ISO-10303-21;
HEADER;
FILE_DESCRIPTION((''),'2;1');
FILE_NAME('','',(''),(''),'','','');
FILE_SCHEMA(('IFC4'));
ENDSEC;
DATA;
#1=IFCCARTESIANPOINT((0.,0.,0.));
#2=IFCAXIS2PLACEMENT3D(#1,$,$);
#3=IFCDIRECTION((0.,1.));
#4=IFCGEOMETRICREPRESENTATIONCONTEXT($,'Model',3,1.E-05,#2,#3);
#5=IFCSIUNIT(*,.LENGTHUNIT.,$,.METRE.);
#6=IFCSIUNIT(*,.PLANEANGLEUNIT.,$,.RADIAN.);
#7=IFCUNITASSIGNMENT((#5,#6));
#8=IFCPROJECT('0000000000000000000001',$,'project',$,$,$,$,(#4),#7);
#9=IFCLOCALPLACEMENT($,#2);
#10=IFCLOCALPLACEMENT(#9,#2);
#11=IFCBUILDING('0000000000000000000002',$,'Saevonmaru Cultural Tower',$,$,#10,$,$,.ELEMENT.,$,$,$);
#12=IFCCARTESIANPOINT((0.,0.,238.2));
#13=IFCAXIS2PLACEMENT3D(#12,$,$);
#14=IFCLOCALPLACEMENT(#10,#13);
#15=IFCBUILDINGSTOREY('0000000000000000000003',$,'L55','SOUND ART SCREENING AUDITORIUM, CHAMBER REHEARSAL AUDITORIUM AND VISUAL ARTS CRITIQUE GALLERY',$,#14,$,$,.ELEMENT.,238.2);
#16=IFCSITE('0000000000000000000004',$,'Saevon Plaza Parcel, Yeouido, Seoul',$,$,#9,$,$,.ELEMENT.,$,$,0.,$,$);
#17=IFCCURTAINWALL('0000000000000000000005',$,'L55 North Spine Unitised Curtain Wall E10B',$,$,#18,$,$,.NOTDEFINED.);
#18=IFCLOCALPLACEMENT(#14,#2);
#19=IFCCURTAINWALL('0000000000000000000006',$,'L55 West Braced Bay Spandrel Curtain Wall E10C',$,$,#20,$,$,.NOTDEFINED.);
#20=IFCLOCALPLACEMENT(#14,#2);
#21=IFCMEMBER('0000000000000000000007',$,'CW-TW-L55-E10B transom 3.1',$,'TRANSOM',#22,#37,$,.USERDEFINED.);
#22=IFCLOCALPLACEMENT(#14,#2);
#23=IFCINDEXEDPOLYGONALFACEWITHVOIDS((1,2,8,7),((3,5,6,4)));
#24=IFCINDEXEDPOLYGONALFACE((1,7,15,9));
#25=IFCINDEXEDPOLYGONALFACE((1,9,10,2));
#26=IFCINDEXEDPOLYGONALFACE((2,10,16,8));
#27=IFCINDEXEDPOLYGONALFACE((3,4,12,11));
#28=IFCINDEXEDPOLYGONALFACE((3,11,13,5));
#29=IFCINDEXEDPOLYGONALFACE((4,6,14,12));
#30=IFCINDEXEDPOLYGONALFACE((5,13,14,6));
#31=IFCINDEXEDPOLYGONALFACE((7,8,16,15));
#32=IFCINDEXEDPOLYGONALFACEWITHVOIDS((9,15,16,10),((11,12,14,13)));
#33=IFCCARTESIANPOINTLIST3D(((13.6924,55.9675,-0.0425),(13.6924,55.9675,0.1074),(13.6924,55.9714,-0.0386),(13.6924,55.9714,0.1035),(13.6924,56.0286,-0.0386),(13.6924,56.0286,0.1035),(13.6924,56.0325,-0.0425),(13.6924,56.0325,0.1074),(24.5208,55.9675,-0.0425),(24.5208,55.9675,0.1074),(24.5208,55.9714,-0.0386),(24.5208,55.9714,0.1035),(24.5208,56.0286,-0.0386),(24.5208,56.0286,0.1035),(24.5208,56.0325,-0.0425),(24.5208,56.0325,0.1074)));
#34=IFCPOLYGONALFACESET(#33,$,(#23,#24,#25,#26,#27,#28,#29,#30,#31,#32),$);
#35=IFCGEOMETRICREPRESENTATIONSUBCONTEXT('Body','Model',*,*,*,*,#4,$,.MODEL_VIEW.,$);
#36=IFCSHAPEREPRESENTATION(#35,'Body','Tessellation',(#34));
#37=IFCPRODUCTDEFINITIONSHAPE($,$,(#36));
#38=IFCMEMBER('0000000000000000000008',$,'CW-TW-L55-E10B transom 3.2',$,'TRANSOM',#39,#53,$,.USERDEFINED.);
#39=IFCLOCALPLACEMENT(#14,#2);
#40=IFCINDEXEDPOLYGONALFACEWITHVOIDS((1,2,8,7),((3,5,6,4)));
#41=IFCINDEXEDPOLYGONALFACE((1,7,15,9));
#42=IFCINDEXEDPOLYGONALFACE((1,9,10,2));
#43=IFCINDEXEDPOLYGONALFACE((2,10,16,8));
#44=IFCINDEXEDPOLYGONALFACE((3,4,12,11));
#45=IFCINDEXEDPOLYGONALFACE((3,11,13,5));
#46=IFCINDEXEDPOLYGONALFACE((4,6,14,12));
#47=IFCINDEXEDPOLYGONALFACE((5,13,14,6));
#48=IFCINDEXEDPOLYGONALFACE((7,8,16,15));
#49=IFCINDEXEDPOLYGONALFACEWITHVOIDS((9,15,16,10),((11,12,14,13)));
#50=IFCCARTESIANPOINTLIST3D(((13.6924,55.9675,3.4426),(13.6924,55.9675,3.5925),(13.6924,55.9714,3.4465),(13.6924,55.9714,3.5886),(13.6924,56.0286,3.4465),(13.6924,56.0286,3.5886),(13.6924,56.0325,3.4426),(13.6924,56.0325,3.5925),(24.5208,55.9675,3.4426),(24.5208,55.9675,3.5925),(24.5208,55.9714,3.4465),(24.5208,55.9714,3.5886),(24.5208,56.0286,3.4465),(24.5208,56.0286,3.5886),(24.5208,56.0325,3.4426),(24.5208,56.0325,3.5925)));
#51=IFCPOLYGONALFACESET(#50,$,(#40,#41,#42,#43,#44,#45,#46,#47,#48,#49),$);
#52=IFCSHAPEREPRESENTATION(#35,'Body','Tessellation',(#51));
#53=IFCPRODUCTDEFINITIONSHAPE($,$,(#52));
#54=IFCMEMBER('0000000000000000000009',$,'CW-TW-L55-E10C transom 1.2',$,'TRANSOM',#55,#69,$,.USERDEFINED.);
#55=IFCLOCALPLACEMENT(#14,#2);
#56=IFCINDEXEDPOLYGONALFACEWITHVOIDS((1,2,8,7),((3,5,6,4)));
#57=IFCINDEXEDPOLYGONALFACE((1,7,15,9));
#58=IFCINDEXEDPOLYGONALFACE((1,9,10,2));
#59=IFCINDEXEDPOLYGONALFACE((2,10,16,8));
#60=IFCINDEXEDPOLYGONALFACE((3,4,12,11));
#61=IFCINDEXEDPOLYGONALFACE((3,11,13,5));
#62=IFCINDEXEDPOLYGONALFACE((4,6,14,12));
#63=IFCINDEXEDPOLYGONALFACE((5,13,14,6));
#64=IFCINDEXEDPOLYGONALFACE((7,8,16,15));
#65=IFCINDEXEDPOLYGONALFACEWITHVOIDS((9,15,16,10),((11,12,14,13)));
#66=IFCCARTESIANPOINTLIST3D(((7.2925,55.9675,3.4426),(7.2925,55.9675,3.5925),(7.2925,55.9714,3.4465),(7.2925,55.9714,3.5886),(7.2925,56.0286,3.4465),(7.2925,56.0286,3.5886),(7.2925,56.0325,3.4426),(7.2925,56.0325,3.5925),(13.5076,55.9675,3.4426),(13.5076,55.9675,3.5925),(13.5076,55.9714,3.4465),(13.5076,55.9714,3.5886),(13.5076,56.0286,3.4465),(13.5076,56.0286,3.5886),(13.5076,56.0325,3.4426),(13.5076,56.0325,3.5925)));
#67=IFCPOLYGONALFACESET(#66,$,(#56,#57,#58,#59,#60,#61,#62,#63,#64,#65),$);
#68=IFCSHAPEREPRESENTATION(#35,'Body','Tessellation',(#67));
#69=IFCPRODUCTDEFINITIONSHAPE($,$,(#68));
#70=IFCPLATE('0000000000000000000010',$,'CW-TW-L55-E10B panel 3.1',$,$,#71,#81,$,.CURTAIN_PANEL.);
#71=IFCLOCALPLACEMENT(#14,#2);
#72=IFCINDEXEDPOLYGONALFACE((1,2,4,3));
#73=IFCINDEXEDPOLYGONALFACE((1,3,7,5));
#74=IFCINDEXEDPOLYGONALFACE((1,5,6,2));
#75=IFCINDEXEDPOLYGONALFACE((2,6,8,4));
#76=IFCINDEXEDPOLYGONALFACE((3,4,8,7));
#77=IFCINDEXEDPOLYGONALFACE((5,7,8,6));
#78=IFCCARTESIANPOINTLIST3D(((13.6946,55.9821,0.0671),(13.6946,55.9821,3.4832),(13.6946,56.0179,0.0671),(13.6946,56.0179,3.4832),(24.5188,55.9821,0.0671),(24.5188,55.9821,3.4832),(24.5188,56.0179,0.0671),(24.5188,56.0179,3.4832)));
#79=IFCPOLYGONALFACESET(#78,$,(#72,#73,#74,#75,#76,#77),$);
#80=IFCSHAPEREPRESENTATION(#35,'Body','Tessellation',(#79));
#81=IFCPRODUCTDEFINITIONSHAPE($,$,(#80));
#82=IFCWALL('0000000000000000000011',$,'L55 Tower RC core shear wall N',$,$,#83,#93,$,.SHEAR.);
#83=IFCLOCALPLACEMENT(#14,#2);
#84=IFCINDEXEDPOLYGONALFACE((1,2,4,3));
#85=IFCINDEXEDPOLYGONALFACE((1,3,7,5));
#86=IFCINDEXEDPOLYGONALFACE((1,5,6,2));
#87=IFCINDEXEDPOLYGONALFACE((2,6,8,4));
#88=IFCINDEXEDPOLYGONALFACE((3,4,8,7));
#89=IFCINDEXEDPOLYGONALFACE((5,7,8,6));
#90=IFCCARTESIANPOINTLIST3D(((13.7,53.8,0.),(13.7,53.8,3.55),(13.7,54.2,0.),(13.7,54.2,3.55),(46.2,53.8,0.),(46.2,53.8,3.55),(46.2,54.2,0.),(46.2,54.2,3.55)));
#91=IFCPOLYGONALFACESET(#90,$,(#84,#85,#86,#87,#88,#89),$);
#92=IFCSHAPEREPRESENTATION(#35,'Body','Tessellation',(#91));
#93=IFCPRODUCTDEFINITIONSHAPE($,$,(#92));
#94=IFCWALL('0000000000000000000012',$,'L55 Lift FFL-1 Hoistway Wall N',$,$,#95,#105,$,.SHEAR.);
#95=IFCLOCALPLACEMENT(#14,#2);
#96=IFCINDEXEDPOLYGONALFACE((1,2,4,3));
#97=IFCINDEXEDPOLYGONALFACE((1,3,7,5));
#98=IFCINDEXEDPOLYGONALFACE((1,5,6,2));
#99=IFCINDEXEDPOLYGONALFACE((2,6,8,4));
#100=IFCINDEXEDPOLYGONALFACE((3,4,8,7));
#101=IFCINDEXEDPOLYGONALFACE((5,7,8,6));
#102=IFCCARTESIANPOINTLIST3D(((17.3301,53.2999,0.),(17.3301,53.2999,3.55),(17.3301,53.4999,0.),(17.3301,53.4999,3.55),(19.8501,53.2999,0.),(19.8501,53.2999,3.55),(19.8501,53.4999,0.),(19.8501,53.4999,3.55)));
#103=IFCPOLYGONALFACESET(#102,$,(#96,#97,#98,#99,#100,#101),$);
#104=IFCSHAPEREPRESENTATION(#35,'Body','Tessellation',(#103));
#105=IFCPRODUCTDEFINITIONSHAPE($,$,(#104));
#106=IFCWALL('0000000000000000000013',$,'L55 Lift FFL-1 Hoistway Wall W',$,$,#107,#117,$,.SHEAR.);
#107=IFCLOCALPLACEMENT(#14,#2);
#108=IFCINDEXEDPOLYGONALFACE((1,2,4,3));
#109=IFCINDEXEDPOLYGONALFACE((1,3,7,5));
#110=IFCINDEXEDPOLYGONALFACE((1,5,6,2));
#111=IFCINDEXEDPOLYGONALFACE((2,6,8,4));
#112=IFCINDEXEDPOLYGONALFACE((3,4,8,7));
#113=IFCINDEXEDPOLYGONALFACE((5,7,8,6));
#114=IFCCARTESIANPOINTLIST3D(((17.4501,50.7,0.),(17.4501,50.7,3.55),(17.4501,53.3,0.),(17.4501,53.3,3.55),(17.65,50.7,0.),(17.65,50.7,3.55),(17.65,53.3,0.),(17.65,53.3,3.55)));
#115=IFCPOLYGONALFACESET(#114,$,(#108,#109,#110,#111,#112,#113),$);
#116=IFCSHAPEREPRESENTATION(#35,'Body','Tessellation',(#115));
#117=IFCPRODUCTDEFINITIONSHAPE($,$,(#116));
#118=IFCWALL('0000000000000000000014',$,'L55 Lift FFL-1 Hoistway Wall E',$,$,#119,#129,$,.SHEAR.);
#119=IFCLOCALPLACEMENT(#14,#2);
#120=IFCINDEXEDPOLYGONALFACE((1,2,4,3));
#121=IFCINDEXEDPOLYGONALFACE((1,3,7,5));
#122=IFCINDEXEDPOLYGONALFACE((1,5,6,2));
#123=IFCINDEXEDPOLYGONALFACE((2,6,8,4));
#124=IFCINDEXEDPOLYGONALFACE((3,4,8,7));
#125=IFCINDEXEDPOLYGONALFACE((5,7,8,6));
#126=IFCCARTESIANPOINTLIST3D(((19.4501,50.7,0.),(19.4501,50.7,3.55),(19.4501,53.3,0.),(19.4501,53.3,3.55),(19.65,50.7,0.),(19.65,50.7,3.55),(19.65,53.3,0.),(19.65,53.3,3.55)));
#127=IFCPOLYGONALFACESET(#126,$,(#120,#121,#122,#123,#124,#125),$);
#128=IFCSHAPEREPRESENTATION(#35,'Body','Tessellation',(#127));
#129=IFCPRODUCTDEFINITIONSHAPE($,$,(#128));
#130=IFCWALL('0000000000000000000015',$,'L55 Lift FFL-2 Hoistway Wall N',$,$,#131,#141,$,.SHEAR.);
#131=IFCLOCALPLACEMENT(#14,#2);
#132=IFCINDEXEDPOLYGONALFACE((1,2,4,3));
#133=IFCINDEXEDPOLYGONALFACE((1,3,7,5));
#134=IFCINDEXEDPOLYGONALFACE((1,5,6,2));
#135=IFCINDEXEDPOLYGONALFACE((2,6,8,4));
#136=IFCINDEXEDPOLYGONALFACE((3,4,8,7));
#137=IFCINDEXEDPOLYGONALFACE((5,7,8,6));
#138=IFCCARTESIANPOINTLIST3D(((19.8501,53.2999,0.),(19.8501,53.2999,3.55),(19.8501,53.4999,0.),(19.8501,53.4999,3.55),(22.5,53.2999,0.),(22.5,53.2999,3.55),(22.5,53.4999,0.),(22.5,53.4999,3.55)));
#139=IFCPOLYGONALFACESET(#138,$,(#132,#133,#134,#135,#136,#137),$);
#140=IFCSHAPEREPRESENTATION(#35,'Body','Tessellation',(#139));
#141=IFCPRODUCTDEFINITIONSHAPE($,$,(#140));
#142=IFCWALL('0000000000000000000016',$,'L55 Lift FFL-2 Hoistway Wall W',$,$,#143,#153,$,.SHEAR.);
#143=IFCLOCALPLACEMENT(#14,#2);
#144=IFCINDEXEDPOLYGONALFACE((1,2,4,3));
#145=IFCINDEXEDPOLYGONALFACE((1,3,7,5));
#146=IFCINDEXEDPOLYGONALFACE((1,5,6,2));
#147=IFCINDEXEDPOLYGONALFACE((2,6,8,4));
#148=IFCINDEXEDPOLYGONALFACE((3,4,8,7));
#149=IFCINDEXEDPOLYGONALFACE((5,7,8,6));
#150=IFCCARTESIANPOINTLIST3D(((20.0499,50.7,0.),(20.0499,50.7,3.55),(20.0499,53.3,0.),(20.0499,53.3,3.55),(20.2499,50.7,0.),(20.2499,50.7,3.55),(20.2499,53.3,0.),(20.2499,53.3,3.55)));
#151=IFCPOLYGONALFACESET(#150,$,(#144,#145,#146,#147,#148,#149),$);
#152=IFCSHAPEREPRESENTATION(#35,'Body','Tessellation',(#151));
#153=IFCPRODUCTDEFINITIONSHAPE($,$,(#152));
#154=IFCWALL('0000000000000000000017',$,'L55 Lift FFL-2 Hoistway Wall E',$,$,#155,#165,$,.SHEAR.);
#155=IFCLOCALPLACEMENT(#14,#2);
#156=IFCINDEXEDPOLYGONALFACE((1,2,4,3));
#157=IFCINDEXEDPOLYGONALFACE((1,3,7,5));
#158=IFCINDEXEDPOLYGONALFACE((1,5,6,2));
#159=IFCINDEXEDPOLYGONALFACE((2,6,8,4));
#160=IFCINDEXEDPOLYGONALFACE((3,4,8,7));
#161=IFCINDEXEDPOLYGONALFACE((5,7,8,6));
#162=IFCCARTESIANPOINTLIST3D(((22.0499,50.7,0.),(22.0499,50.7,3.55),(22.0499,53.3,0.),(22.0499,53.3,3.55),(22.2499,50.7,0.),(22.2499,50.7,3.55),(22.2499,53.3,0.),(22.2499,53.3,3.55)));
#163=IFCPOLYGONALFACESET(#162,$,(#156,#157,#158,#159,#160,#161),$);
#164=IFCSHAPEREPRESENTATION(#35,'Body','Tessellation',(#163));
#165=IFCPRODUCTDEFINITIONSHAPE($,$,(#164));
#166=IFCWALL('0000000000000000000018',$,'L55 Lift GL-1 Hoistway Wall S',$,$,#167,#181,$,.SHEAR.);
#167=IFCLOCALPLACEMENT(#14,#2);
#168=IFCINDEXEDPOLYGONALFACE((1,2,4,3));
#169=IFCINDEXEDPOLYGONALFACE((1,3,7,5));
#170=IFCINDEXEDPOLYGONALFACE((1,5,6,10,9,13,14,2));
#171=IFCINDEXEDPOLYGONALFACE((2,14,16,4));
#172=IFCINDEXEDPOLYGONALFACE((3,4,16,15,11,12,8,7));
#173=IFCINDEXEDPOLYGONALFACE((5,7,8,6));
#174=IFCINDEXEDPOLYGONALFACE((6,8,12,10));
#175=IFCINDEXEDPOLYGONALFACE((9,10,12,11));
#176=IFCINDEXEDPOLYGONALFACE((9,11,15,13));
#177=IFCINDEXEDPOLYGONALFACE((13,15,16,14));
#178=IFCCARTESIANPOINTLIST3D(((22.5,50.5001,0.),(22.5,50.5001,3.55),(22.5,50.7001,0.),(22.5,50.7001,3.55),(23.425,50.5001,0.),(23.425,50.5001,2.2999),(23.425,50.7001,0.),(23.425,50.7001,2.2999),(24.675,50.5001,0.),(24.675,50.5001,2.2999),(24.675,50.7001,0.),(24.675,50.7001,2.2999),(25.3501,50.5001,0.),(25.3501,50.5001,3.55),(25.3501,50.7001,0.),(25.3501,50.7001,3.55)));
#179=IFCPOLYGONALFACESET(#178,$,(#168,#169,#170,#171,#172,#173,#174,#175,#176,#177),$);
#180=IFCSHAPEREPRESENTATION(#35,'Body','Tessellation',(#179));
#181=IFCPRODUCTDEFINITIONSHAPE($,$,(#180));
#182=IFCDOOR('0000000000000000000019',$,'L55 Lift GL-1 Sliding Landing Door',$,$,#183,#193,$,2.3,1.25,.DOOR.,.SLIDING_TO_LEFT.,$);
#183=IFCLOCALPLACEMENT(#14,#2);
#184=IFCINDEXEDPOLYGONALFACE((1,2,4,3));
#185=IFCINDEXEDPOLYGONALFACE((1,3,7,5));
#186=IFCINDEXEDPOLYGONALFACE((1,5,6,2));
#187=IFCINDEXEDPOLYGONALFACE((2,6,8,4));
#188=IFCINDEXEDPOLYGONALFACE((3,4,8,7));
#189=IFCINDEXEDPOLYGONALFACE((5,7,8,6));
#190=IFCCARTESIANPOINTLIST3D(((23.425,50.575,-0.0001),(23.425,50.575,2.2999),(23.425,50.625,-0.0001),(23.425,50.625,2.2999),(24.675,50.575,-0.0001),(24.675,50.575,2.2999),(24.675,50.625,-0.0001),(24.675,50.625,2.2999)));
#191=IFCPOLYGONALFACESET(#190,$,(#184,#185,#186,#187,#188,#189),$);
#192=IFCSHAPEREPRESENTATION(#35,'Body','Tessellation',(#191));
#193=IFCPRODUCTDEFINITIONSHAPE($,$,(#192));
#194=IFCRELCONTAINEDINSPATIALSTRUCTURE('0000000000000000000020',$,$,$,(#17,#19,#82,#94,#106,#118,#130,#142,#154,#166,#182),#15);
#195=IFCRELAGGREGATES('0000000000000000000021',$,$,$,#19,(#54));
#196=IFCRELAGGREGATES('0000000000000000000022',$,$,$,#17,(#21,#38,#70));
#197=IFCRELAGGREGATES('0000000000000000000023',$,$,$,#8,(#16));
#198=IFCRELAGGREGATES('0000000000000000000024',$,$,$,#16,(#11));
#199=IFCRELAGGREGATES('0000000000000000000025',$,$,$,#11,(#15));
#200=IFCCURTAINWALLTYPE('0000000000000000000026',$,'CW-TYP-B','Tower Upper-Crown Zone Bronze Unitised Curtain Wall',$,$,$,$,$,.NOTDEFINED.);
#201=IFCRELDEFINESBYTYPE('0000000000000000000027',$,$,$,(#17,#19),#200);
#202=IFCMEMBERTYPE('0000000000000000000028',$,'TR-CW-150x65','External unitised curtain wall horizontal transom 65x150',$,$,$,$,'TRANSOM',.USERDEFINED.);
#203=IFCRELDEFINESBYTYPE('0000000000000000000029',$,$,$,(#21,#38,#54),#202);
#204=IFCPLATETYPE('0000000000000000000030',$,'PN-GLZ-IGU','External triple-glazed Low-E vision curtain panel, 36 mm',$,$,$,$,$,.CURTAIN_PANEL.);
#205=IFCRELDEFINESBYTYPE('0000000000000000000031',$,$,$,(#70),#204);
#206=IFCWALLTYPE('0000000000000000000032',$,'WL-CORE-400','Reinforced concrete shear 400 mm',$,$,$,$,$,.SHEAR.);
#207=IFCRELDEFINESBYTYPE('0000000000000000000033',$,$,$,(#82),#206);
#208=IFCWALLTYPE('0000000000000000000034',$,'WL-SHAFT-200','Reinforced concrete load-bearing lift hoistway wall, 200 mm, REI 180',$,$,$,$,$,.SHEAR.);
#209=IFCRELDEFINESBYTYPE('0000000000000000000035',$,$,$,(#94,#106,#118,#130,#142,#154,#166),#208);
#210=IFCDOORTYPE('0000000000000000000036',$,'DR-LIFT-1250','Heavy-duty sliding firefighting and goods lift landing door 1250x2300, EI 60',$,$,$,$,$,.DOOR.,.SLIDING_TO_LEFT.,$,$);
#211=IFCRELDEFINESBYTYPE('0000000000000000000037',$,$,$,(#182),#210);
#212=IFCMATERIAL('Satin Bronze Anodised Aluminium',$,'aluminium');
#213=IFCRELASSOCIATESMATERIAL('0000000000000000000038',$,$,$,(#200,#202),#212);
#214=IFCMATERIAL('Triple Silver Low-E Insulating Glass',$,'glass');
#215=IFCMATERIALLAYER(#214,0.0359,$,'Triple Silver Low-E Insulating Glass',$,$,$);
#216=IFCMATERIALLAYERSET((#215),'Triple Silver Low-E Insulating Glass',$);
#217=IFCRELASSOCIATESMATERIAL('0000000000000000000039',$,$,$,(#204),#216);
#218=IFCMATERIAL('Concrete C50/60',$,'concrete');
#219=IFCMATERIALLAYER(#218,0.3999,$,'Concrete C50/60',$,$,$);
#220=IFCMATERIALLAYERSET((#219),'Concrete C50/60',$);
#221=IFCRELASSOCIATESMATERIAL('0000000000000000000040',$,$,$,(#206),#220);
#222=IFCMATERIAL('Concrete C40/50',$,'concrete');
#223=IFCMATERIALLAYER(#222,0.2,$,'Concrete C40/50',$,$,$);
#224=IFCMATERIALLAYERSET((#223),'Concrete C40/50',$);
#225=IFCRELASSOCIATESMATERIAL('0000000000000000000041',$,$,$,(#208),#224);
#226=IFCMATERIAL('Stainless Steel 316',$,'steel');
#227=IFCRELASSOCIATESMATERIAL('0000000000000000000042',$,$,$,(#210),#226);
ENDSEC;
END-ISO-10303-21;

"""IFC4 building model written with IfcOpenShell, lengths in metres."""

from ifc_helpers import new_model, si_unit, direction, frame, frame_2d, origin, origin_2d, place, context, subcontext, project, spatial, rectangle, hollow_rectangle, extrude, material, layer, layer_set, material_profile, profile_set, type_object, element, fill, aggregate, save


model = new_model("IFC4")

# Units and contexts
model_context = context("Model", 3, precision=1e-05, world=origin(), true_north=direction((0.0, 1.0)))
body_context = subcontext(model_context, "Body", "Model", "MODEL_VIEW")
ifc_project = project(units=[si_unit("LENGTHUNIT", "METRE"), si_unit("PLANEANGLEUNIT", "RADIAN")], contexts=[model_context])

# Site, building, storey
site_placement = place(None, origin())
site = spatial("IfcSite", under=ifc_project, at=site_placement, Name="Saevon Plaza Parcel, Yeouido, Seoul", CompositionType="ELEMENT", RefElevation=0.0)
building_placement = place(site_placement, origin())
building = spatial("IfcBuilding", under=site, at=building_placement, Name="Saevonmaru Cultural Tower", CompositionType="ELEMENT")
storey_placement = place(building_placement, frame((0.0, 0.0, 238.2)))
storey = spatial("IfcBuildingStorey", under=building, at=storey_placement, Name="L55", Description="SOUND ART SCREENING AUDITORIUM, CHAMBER REHEARSAL AUDITORIUM AND VISUAL ARTS CRITIQUE GALLERY", CompositionType="ELEMENT", Elevation=238.2)

# Curtain wall
ifc_material_1 = material(Name="Satin Bronze Anodised Aluminium", Category="aluminium")
curtain_wall_type = type_object("IfcCurtainWallType", Name="CW-TYP-B", Description="Tower Upper-Crown Zone Bronze Unitised Curtain Wall", PredefinedType="NOTDEFINED", material=ifc_material_1)
curtain_wall_1_placement = place(storey_placement, origin())
curtain_wall_1 = element("IfcCurtainWall", 1, at=curtain_wall_1_placement, inside=storey, type_object=curtain_wall_type, Name="L55 North Spine Unitised Curtain Wall E10B", PredefinedType="NOTDEFINED")

# Curtain wall
curtain_wall_2_placement = place(storey_placement, origin())
curtain_wall_2 = element("IfcCurtainWall", 2, at=curtain_wall_2_placement, inside=storey, type_object=curtain_wall_type, Name="L55 West Braced Bay Spandrel Curtain Wall E10C", PredefinedType="NOTDEFINED")

# Members
ifc_material_profile_1 = material_profile(ifc_material_1, hollow_rectangle(XDim=0.0649, YDim=0.1499, WallThickness=0.0039, at=origin_2d()), Name="ALU-TRAN-150x65x4")
ifc_profile_set_1 = profile_set([ifc_material_profile_1], Name="Satin Bronze Anodised Aluminium")
member_type_1 = type_object("IfcMemberType", Name="TR-CW-150x65", Description="External unitised curtain wall horizontal transom 65x150", ElementType="TRANSOM", PredefinedType="USERDEFINED", material=ifc_profile_set_1)
member_1_placement = place(storey_placement, frame((24.5208, 56.0, 0.0325), z_axis=(-1.0, 0.0, 0.0), x_axis=(0.0, -1.0, 0.0)))
member_1 = element("IfcMember", 3, at=member_1_placement, type_object=member_type_1, Name="CW-TW-L55-E10B transom 3.1", ObjectType="TRANSOM", PredefinedType="USERDEFINED", context=body_context, shape_type="SweptSolid", body=[
    extrude(hollow_rectangle(XDim=0.0649, YDim=0.1499, WallThickness=0.0039, at=origin_2d()), origin(), (0.0, 0.0, 1.0), 10.8284),
])
member_2_placement = place(storey_placement, frame((24.5208, 56.0, 3.5176), z_axis=(-1.0, 0.0, 0.0), x_axis=(0.0, -1.0, 0.0)))
member_2 = element("IfcMember", 4, at=member_2_placement, type_object=member_type_1, Name="CW-TW-L55-E10B transom 3.2", ObjectType="TRANSOM", PredefinedType="USERDEFINED", context=body_context, shape_type="SweptSolid", body=[
    extrude(hollow_rectangle(XDim=0.0649, YDim=0.1499, WallThickness=0.0039, at=origin_2d()), origin(), (0.0, 0.0, 1.0), 10.8284),
])
member_3_placement = place(storey_placement, frame((13.5076, 56.0, 3.5176), z_axis=(-1.0, 0.0, 0.0), x_axis=(0.0, -1.0, 0.0)))
member_3 = element("IfcMember", 5, at=member_3_placement, type_object=member_type_1, Name="CW-TW-L55-E10C transom 1.2", ObjectType="TRANSOM", PredefinedType="USERDEFINED", context=body_context, shape_type="SweptSolid", body=[
    extrude(hollow_rectangle(XDim=0.0649, YDim=0.1499, WallThickness=0.0039, at=origin_2d()), origin(), (0.0, 0.0, 1.0), 6.2151),
])
aggregate(curtain_wall_2, [member_3])

# Plate
ifc_material_2 = material(Name="Triple Silver Low-E Insulating Glass", Category="glass")
ifc_layer_1 = layer(ifc_material_2, 0.0359, Name="Triple Silver Low-E Insulating Glass")
ifc_layer_set_1 = layer_set([ifc_layer_1], Name="Triple Silver Low-E Insulating Glass")
plate_type = type_object("IfcPlateType", Name="PN-GLZ-IGU", Description="External triple-glazed Low-E vision curtain panel, 36 mm", PredefinedType="CURTAIN_PANEL", material=ifc_layer_set_1)
plate_placement = place(storey_placement, frame((19.1067, 56.0, 0.0671), z_axis=(0.0, 0.0, 1.0), x_axis=(-1.0, 0.0, 0.0)))
plate = element("IfcPlate", 6, at=plate_placement, type_object=plate_type, Name="CW-TW-L55-E10B panel 3.1", PredefinedType="CURTAIN_PANEL", context=body_context, shape_type="SweptSolid", body=[
    extrude(rectangle(XDim=10.8242, YDim=0.0359, at=origin_2d()), origin(), (0.0, 0.0, 1.0), 3.416),
])
aggregate(curtain_wall_1, [member_1, member_2, plate])

# Walls
ifc_material_3 = material(Name="Concrete C50/60", Category="concrete")
ifc_layer_2 = layer(ifc_material_3, 0.3999, Name="Concrete C50/60")
ifc_layer_set_2 = layer_set([ifc_layer_2], Name="Concrete C50/60")
wall_type_1 = type_object("IfcWallType", Name="WL-CORE-400", Description="Reinforced concrete shear 400 mm", PredefinedType="SHEAR", material=ifc_layer_set_2)
wall_1_placement = place(storey_placement, frame((13.7, 54.0, 0.0), z_axis=(0.0, 0.0, 1.0), x_axis=(1.0, 0.0, 0.0)))
element("IfcWall", 7, at=wall_1_placement, inside=storey, type_object=wall_type_1, Name="L55 Tower RC core shear wall N", PredefinedType="SHEAR", context=body_context, shape_type="SweptSolid", body=[
    extrude(rectangle(XDim=32.5, YDim=0.3999, at=frame_2d((16.25, 0.0))), origin(), (0.0, 0.0, 1.0), 3.55),
])
ifc_material_4 = material(Name="Concrete C40/50", Category="concrete")
ifc_layer_3 = layer(ifc_material_4, 0.2, Name="Concrete C40/50")
ifc_layer_set_3 = layer_set([ifc_layer_3], Name="Concrete C40/50")
wall_type_2 = type_object("IfcWallType", Name="WL-SHAFT-200", Description="Reinforced concrete load-bearing lift hoistway wall, 200 mm, REI 180", PredefinedType="SHEAR", material=ifc_layer_set_3)
wall_2_placement = place(storey_placement, frame((17.3301, 53.3999, 0.0), z_axis=(0.0, 0.0, 1.0), x_axis=(1.0, 0.0, 0.0)))
element("IfcWall", 8, at=wall_2_placement, inside=storey, type_object=wall_type_2, Name="L55 Lift FFL-1 Hoistway Wall N", PredefinedType="SHEAR", context=body_context, shape_type="SweptSolid", body=[
    extrude(rectangle(XDim=2.52, YDim=0.2, at=frame_2d((1.26, 0.0))), origin(), (0.0, 0.0, 1.0), 3.55),
])
for number, where, z_axis, x_axis, name in (
    (9, (17.55, 50.7, 0.0), (0.0, 0.0, 1.0), (0.0, 1.0, 0.0), "L55 Lift FFL-1 Hoistway Wall W"),
    (10, (19.55, 50.7, 0.0), (0.0, 0.0, 1.0), (0.0, 1.0, 0.0), "L55 Lift FFL-1 Hoistway Wall E"),
):
    element("IfcWall", number, at=place(storey_placement, frame(where, z_axis=z_axis, x_axis=x_axis)), inside=storey, type_object=wall_type_2, Name=name, PredefinedType="SHEAR", context=body_context, shape_type="SweptSolid", body=[
        extrude(rectangle(XDim=2.6001, YDim=0.2, at=frame_2d((1.3, 0.0))), origin(), (0.0, 0.0, 1.0), 3.55),
    ])
wall_3_placement = place(storey_placement, frame((19.8501, 53.3999, 0.0), z_axis=(0.0, 0.0, 1.0), x_axis=(1.0, 0.0, 0.0)))
element("IfcWall", 11, at=wall_3_placement, inside=storey, type_object=wall_type_2, Name="L55 Lift FFL-2 Hoistway Wall N", PredefinedType="SHEAR", context=body_context, shape_type="SweptSolid", body=[
    extrude(rectangle(XDim=2.6499, YDim=0.2, at=frame_2d((1.325, 0.0))), origin(), (0.0, 0.0, 1.0), 3.55),
])
for number, where, z_axis, x_axis, name in (
    (12, (20.1499, 50.7, 0.0), (0.0, 0.0, 1.0), (0.0, 1.0, 0.0), "L55 Lift FFL-2 Hoistway Wall W"),
    (13, (22.1499, 50.7, 0.0), (0.0, 0.0, 1.0), (0.0, 1.0, 0.0), "L55 Lift FFL-2 Hoistway Wall E"),
):
    element("IfcWall", number, at=place(storey_placement, frame(where, z_axis=z_axis, x_axis=x_axis)), inside=storey, type_object=wall_type_2, Name=name, PredefinedType="SHEAR", context=body_context, shape_type="SweptSolid", body=[
        extrude(rectangle(XDim=2.6001, YDim=0.2, at=frame_2d((1.3, 0.0))), origin(), (0.0, 0.0, 1.0), 3.55),
    ])

# Wall, opening, door
wall_4_placement = place(storey_placement, frame((22.5, 50.6001, 0.0), z_axis=(0.0, 0.0, 1.0), x_axis=(1.0, 0.0, 0.0)))
wall_4 = element("IfcWall", 14, at=wall_4_placement, inside=storey, type_object=wall_type_2, Name="L55 Lift GL-1 Hoistway Wall S", PredefinedType="SHEAR", context=body_context, shape_type="SweptSolid", body=[
    extrude(rectangle(XDim=2.8501, YDim=0.2, at=frame_2d((1.425, 0.0))), origin(), (0.0, 0.0, 1.0), 3.55),
])
opening_placement = place(wall_4_placement, frame((0.925, 0.0, 0.0)))
opening = element("IfcOpeningElement", 15, at=opening_placement, cuts=wall_4, PredefinedType="OPENING", context=body_context, shape_type="SweptSolid", body=[
    extrude(rectangle(XDim=1.25, YDim=2.3, at=frame_2d((0.625, 1.1499))), frame((0.0, 0.1099, 0.0), z_axis=(0.0, -1.0, 0.0), x_axis=(1.0, 0.0, 0.0)), (0.0, 0.0, 1.0), 0.22),
])
ifc_material_5 = material(Name="Stainless Steel 316", Category="steel")
door_type = type_object("IfcDoorType", Name="DR-LIFT-1250", Description="Heavy-duty sliding firefighting and goods lift landing door 1250x2300, EI 60", OperationType="SLIDING_TO_LEFT", PredefinedType="DOOR", material=ifc_material_5)
door_placement = place(opening_placement, origin())
door = element("IfcDoor", 16, at=door_placement, inside=storey, type_object=door_type, Name="L55 Lift GL-1 Sliding Landing Door", OperationType="SLIDING_TO_LEFT", OverallHeight=2.3, OverallWidth=1.25, PredefinedType="DOOR", context=body_context, shape_type="SweptSolid", body=[
    extrude(rectangle(XDim=1.25, YDim=2.3, at=frame_2d((0.625, 1.1499))), frame((0.0, 0.0249, 0.0), z_axis=(0.0, -1.0, 0.0), x_axis=(1.0, 0.0, 0.0)), (0.0, 0.0, 1.0), 0.05),
])
fill(opening, door)

save(model, "model.ifc")
